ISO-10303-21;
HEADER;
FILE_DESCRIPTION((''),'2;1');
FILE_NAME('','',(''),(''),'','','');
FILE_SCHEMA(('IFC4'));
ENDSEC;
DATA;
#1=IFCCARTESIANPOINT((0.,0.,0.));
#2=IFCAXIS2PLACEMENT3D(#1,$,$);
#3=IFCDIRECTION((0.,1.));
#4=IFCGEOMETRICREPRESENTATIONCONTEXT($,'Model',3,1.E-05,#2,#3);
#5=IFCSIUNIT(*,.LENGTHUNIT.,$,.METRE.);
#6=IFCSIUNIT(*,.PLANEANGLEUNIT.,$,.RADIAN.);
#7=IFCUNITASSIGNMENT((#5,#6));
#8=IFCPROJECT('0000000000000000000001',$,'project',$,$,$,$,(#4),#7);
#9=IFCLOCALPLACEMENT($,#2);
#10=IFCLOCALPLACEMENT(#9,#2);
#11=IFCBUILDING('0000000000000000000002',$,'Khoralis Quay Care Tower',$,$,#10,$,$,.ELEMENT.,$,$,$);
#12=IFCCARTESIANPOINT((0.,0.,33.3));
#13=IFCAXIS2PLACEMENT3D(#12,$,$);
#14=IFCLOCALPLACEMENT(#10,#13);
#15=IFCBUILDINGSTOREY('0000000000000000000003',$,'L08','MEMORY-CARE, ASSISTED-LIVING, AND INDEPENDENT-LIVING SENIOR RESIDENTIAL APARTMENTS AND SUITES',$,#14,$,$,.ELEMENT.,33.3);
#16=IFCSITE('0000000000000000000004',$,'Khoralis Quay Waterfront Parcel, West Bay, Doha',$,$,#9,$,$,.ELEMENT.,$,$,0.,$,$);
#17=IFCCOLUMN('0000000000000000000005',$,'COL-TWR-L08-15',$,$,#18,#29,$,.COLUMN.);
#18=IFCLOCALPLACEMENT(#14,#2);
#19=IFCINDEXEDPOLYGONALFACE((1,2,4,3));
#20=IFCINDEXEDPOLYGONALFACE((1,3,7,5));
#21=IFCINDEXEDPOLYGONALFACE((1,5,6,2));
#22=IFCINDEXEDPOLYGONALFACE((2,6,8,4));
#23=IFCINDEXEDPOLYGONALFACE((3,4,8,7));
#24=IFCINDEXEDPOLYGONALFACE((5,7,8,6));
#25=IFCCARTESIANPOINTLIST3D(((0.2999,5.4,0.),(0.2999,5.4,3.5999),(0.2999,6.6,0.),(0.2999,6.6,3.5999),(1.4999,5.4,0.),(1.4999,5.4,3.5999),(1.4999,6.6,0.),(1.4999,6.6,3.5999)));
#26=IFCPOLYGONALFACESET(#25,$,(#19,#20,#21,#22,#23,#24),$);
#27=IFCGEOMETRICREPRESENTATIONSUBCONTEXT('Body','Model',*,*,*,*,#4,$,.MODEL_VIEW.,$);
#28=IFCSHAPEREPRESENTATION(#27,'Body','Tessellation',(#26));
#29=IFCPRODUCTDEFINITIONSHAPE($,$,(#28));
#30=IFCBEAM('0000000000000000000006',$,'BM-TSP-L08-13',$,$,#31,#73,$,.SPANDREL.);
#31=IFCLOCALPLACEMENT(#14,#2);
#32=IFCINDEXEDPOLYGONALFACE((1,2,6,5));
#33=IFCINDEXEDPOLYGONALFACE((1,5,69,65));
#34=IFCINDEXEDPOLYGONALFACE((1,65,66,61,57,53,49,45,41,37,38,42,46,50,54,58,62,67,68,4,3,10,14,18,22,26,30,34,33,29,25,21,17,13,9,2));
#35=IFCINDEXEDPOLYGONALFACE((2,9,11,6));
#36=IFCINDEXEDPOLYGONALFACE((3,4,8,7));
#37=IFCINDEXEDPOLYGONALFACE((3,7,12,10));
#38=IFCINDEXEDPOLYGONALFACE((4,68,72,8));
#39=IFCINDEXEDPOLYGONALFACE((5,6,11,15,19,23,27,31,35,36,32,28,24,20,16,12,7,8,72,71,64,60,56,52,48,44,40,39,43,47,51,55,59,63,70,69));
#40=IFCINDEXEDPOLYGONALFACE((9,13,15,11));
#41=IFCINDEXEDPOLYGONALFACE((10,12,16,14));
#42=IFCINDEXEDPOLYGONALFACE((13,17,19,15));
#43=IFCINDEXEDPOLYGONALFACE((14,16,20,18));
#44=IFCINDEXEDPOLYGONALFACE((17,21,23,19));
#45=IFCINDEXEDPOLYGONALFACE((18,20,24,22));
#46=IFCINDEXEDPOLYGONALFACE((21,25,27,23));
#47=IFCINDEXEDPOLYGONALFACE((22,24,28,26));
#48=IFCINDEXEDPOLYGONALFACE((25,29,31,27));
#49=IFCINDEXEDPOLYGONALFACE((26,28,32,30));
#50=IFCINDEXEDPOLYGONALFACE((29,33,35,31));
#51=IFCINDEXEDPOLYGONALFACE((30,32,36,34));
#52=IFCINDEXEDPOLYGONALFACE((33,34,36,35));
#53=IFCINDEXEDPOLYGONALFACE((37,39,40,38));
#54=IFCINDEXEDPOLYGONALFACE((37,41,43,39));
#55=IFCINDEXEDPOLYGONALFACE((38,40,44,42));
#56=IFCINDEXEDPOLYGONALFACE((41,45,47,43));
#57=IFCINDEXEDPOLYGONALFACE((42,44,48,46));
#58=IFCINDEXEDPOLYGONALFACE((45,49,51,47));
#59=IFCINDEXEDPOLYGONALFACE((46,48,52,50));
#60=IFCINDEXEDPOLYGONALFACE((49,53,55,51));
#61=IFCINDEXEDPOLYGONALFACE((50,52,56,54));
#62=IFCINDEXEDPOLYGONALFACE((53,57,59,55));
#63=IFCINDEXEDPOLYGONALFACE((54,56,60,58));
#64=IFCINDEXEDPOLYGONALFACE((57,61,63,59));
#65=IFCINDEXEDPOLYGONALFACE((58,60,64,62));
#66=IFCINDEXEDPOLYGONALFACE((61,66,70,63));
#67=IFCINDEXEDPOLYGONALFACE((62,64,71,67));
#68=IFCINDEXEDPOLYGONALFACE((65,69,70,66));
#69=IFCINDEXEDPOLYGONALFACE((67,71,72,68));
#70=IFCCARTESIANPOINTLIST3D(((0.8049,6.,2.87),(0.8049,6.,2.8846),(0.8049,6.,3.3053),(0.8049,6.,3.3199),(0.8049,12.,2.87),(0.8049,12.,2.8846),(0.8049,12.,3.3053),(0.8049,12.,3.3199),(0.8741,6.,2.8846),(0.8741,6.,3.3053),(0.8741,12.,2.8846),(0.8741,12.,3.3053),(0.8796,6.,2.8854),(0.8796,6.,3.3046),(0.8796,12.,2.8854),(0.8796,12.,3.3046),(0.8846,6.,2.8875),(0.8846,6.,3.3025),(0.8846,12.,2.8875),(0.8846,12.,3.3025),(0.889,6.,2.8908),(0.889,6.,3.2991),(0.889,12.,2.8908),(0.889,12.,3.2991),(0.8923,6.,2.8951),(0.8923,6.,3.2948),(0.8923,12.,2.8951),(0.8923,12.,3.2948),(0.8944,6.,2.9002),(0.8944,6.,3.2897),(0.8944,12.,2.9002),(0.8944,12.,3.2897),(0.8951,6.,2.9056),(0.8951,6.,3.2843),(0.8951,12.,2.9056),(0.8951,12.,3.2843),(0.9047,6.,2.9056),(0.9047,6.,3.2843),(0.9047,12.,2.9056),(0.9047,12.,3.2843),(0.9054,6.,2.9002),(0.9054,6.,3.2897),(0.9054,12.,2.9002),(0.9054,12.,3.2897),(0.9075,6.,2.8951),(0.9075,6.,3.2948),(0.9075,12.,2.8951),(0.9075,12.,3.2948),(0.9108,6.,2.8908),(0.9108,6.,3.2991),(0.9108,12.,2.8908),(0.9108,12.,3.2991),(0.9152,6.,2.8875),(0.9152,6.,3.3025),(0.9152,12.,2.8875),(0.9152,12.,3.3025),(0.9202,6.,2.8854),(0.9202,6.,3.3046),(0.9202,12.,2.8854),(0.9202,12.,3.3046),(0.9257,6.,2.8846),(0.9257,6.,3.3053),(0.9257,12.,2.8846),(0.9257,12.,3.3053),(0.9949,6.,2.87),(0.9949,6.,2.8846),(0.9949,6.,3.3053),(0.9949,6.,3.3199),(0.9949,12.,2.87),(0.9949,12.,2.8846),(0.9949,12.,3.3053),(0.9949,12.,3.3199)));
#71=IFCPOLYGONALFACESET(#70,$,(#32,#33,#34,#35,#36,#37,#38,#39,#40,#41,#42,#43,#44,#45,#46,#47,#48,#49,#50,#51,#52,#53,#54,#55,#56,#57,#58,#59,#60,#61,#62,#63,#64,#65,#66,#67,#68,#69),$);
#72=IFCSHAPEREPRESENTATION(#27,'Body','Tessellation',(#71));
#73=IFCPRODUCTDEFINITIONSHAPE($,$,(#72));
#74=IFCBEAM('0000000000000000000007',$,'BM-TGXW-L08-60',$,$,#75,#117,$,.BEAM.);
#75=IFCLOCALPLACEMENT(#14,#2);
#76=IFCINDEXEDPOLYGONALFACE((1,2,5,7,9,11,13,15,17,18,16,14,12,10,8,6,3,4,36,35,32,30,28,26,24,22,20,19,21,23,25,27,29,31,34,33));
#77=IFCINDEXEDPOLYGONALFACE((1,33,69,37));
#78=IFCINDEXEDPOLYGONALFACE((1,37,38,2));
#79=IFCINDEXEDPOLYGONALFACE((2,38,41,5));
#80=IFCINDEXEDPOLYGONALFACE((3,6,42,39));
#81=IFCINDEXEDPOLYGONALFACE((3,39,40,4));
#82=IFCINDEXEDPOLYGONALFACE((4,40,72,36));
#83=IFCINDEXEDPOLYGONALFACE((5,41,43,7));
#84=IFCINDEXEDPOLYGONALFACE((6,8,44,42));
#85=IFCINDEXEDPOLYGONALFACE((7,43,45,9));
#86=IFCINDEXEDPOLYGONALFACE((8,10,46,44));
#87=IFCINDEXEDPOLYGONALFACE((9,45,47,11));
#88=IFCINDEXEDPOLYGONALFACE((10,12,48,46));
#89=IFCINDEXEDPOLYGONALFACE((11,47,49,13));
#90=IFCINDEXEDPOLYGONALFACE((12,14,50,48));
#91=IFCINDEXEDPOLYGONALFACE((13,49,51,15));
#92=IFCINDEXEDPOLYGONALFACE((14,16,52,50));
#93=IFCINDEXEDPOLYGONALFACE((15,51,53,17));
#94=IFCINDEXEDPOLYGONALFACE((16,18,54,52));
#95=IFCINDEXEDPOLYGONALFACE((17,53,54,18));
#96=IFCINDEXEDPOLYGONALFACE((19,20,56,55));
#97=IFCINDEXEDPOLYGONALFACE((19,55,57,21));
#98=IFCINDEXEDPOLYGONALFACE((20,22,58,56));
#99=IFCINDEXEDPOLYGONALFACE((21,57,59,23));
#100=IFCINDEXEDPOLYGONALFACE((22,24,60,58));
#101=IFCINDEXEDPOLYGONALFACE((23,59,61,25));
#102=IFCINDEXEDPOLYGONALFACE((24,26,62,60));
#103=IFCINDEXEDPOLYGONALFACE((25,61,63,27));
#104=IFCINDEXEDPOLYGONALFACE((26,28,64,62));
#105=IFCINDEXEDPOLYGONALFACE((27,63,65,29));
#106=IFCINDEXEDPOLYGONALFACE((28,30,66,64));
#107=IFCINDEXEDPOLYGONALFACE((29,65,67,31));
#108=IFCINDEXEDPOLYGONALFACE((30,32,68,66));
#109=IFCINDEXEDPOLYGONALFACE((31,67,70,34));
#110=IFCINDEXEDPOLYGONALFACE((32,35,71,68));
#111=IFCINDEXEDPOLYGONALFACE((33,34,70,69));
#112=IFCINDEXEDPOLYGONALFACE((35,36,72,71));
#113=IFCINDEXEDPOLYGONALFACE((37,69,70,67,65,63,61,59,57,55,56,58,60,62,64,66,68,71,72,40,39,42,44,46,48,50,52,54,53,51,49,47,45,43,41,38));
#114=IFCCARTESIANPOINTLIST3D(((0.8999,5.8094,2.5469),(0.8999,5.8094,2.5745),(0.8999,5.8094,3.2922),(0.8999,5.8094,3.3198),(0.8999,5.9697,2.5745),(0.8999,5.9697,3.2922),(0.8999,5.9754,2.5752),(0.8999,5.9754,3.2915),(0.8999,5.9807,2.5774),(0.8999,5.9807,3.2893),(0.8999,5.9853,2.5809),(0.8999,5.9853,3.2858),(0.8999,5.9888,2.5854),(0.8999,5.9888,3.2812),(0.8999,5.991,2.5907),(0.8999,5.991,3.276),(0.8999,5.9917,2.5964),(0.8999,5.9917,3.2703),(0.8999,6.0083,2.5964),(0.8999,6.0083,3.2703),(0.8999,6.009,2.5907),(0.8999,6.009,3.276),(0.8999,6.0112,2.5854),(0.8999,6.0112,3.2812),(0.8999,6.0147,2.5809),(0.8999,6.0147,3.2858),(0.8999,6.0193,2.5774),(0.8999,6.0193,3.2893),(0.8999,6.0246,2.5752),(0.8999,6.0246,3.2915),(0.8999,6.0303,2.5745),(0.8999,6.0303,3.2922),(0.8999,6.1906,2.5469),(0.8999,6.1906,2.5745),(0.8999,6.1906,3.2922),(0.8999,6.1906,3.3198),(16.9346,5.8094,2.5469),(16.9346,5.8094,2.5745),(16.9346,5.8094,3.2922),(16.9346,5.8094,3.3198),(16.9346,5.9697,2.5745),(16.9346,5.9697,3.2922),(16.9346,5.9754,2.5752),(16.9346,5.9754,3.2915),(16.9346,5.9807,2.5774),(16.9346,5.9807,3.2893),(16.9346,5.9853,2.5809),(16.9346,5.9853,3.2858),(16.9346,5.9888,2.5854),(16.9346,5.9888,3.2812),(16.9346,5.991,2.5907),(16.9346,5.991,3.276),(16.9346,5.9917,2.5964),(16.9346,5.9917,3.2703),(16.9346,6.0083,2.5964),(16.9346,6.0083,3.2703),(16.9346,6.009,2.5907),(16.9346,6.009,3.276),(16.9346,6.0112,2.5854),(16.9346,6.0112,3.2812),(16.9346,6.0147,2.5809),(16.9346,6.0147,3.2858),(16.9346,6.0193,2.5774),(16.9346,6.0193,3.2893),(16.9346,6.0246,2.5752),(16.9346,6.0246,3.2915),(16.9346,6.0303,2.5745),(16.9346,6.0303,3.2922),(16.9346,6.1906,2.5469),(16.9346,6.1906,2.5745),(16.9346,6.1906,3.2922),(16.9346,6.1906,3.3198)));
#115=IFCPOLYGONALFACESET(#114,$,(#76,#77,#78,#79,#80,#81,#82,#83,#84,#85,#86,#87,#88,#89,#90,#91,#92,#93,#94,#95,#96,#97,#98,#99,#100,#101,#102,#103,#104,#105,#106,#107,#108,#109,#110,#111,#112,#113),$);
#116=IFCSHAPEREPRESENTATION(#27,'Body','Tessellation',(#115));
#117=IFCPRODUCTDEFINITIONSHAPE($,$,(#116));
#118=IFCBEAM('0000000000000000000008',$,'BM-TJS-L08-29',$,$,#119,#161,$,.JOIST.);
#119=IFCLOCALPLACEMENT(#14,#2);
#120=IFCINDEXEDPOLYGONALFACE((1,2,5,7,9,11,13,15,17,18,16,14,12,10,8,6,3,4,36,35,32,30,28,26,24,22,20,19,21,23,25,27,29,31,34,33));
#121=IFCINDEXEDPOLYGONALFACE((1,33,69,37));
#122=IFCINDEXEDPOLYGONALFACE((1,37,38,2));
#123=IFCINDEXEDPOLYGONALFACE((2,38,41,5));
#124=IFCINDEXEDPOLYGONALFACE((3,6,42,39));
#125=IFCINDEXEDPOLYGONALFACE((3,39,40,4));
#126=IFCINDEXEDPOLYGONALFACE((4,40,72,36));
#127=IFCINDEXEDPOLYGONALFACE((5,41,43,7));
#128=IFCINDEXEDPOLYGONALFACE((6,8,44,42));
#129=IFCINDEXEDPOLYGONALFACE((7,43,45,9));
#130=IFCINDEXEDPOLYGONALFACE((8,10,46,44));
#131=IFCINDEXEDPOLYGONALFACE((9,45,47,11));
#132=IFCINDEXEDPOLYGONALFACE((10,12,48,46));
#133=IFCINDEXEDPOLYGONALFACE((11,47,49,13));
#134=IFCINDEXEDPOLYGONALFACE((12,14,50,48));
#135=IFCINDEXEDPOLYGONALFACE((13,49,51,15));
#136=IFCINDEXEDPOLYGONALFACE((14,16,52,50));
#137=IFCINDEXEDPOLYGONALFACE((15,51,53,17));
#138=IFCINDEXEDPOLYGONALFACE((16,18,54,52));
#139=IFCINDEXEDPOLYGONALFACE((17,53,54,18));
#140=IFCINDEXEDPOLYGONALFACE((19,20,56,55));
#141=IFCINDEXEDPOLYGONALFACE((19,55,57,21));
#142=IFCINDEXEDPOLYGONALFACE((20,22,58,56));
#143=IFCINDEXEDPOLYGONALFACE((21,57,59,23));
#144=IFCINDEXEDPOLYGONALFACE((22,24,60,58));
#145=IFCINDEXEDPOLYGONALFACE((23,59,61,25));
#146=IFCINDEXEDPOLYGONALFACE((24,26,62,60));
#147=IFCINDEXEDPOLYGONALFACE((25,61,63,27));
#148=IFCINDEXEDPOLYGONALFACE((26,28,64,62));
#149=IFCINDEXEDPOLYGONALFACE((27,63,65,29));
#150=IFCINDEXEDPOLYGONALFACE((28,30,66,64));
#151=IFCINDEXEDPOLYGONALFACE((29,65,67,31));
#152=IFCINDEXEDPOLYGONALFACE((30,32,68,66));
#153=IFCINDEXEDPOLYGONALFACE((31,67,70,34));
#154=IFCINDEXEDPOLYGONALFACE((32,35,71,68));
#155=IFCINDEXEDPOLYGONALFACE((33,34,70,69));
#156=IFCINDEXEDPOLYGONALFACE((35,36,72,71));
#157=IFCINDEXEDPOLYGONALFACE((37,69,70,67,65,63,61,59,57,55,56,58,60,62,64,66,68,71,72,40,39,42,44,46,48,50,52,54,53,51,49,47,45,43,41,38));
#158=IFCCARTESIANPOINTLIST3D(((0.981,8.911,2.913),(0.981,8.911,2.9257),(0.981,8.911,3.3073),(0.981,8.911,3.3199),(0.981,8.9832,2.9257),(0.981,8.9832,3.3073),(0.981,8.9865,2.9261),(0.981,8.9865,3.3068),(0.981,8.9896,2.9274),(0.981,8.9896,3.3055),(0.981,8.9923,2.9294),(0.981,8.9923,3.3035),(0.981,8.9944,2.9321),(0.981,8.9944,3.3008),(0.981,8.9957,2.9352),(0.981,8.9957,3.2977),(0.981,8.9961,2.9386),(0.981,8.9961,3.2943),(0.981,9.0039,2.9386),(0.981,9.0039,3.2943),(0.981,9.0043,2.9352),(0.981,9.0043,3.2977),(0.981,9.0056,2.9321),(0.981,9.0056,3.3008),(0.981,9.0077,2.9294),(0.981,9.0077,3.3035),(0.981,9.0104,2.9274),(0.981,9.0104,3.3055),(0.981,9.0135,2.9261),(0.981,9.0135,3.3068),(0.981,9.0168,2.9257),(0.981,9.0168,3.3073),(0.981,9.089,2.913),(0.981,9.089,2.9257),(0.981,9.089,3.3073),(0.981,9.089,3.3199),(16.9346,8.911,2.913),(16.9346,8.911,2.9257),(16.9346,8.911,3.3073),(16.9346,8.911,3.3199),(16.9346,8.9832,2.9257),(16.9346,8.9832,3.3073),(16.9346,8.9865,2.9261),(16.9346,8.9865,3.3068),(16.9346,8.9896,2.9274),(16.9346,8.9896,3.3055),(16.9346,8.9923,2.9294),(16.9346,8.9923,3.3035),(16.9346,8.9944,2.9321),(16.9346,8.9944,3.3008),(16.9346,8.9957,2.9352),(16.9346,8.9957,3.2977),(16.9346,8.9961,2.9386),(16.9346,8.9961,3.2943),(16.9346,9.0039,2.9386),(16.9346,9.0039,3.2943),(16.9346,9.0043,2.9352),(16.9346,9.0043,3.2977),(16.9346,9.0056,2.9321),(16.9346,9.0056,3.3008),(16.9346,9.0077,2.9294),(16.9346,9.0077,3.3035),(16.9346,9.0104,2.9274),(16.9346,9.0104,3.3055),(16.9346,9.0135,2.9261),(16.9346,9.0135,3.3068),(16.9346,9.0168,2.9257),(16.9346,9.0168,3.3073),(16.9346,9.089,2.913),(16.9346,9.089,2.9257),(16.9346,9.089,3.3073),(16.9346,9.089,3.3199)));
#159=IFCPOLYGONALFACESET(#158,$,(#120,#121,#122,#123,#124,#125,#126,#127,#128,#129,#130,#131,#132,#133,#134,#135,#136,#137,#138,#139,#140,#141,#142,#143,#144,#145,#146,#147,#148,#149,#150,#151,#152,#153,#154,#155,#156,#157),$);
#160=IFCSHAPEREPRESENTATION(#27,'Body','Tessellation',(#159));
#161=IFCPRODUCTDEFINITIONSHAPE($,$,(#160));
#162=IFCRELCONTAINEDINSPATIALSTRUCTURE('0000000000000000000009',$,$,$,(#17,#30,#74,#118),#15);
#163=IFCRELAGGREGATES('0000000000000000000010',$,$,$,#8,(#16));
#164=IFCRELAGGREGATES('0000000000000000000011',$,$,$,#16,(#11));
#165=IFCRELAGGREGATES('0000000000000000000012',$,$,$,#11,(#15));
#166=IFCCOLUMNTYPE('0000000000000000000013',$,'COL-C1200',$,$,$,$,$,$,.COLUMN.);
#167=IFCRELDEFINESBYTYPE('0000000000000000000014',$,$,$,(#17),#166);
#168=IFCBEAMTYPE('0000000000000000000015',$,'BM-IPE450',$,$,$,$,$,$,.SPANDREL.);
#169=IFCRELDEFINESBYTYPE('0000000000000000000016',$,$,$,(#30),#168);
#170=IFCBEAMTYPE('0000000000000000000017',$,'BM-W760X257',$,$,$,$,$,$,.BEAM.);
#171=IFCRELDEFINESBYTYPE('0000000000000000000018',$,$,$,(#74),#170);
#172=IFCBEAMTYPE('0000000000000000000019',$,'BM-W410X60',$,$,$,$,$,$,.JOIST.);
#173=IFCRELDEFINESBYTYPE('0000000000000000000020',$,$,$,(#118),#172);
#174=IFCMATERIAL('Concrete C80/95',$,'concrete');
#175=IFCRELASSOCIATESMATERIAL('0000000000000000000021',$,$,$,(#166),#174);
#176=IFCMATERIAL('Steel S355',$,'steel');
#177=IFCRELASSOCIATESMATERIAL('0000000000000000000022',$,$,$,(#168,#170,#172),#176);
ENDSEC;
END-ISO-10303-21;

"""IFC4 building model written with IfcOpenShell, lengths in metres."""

from ifc_helpers import new_model, si_unit, direction, frame, origin, origin_2d, place, context, subcontext, project, spatial, rectangle, i_section, extrude, source, transform, mapped, material, material_profile, profile_set, type_object, element, save


model = new_model("IFC4")

# Units and contexts
model_context = context("Model", 3, precision=1e-05, world=origin(), true_north=direction((0.0, 1.0)))
body_context = subcontext(model_context, "Body", "Model", "MODEL_VIEW")
ifc_project = project(units=[si_unit("LENGTHUNIT", "METRE"), si_unit("PLANEANGLEUNIT", "RADIAN")], contexts=[model_context])

# Site, building, storey
site_placement = place(None, origin())
site = spatial("IfcSite", under=ifc_project, at=site_placement, Name="Khoralis Quay Waterfront Parcel, West Bay, Doha", CompositionType="ELEMENT", RefElevation=0.0)
building_placement = place(site_placement, origin())
building = spatial("IfcBuilding", under=site, at=building_placement, Name="Khoralis Quay Care Tower", CompositionType="ELEMENT")
storey_placement = place(building_placement, frame((0.0, 0.0, 33.3)))
storey = spatial("IfcBuildingStorey", under=building, at=storey_placement, Name="L08", Description="MEMORY-CARE, ASSISTED-LIVING, AND INDEPENDENT-LIVING SENIOR RESIDENTIAL APARTMENTS AND SUITES", CompositionType="ELEMENT", Elevation=33.3)

# Column
ifc_material_1 = material(Name="Concrete C80/95", Category="concrete")
ifc_material_profile_1 = material_profile(ifc_material_1, rectangle(XDim=1.2, YDim=1.2, at=origin_2d()), Name="Concrete C80/95")
ifc_profile_set_1 = profile_set([ifc_material_profile_1], Name="Concrete C80/95")
column_type = type_object("IfcColumnType", Name="COL-C1200", PredefinedType="COLUMN", material=ifc_profile_set_1)
shared_shape_1 = source(origin(), body_context, "Body", "SweptSolid", [
    extrude(rectangle(XDim=1.2, YDim=1.2, at=origin_2d()), origin(), (0.0, 0.0, 1.0), 3.5999),
])
column_placement = place(storey_placement, frame((0.8999, 6.0, 0.0), z_axis=(0.0, 0.0, 1.0), x_axis=(1.0, 0.0, 0.0)))
element("IfcColumn", 1, at=column_placement, inside=storey, type_object=column_type, Name="COL-TWR-L08-15", PredefinedType="COLUMN", context=body_context, shape_type="MappedRepresentation", body=[
    mapped(shared_shape_1, transform((0.0, 0.0, 0.0), scale=1.0)),
])

# Beams
ifc_material_2 = material(Name="Steel S355", Category="steel")
ifc_material_profile_2 = material_profile(ifc_material_2, i_section(OverallWidth=0.1899, OverallDepth=0.45, WebThickness=0.0095, FlangeThickness=0.0146, FilletRadius=0.021, at=origin_2d()), Name="Steel S355")
ifc_profile_set_2 = profile_set([ifc_material_profile_2], Name="Steel S355")
beam_type_1 = type_object("IfcBeamType", Name="BM-IPE450", PredefinedType="SPANDREL", material=ifc_profile_set_2)
shared_shape_2 = source(origin(), body_context, "Body", "SweptSolid", [
    extrude(i_section(OverallWidth=0.1899, OverallDepth=0.45, WebThickness=0.0095, FlangeThickness=0.0146, FilletRadius=0.021, at=origin_2d()), origin(), (0.0, 0.0, 1.0), 6.0),
])
beam_1_placement = place(storey_placement, frame((0.8999, 6.0, 3.095), z_axis=(0.0, 1.0, 0.0), x_axis=(-1.0, 0.0, 0.0)))
element("IfcBeam", 2, at=beam_1_placement, inside=storey, type_object=beam_type_1, Name="BM-TSP-L08-13", PredefinedType="SPANDREL", context=body_context, shape_type="MappedRepresentation", body=[
    mapped(shared_shape_2, transform((0.0, 0.0, 0.0), scale=1.0)),
])
ifc_material_profile_3 = material_profile(ifc_material_2, i_section(OverallWidth=0.3811, OverallDepth=0.7729, WebThickness=0.0166, FlangeThickness=0.0276, FilletRadius=0.022, at=origin_2d()), Name="Steel S355")
ifc_profile_set_3 = profile_set([ifc_material_profile_3], Name="Steel S355")
beam_type_2 = type_object("IfcBeamType", Name="BM-W760X257", PredefinedType="BEAM", material=ifc_profile_set_3)
shared_shape_3 = source(origin(), body_context, "Body", "SweptSolid", [
    extrude(i_section(OverallWidth=0.3811, OverallDepth=0.7729, WebThickness=0.0166, FlangeThickness=0.0276, FilletRadius=0.022, at=origin_2d()), origin(), (0.0, 0.0, 1.0), 16.0347),
])
beam_2_placement = place(storey_placement, frame((0.8999, 6.0, 2.9333), z_axis=(1.0, 0.0, 0.0), x_axis=(0.0, 1.0, 0.0)))
element("IfcBeam", 3, at=beam_2_placement, inside=storey, type_object=beam_type_2, Name="BM-TGXW-L08-60", PredefinedType="BEAM", context=body_context, shape_type="MappedRepresentation", body=[
    mapped(shared_shape_3, transform((0.0, 0.0, 0.0), scale=1.0)),
])
ifc_material_profile_4 = material_profile(ifc_material_2, i_section(OverallWidth=0.178, OverallDepth=0.407, WebThickness=0.0078, FlangeThickness=0.0127, FilletRadius=0.0129, at=origin_2d()), Name="Steel S355")
ifc_profile_set_4 = profile_set([ifc_material_profile_4], Name="Steel S355")
beam_type_3 = type_object("IfcBeamType", Name="BM-W410X60", PredefinedType="JOIST", material=ifc_profile_set_4)
shared_shape_4 = source(origin(), body_context, "Body", "SweptSolid", [
    extrude(i_section(OverallWidth=0.178, OverallDepth=0.407, WebThickness=0.0078, FlangeThickness=0.0127, FilletRadius=0.0129, at=origin_2d()), origin(), (0.0, 0.0, 1.0), 15.9536),
])
beam_3_placement = place(storey_placement, frame((0.981, 9.0, 3.1165), z_axis=(1.0, 0.0, 0.0), x_axis=(0.0, 1.0, 0.0)))
element("IfcBeam", 4, at=beam_3_placement, inside=storey, type_object=beam_type_3, Name="BM-TJS-L08-29", PredefinedType="JOIST", context=body_context, shape_type="MappedRepresentation", body=[
    mapped(shared_shape_4, transform((0.0, 0.0, 0.0), scale=1.0)),
])

save(model, "model.ifc")
